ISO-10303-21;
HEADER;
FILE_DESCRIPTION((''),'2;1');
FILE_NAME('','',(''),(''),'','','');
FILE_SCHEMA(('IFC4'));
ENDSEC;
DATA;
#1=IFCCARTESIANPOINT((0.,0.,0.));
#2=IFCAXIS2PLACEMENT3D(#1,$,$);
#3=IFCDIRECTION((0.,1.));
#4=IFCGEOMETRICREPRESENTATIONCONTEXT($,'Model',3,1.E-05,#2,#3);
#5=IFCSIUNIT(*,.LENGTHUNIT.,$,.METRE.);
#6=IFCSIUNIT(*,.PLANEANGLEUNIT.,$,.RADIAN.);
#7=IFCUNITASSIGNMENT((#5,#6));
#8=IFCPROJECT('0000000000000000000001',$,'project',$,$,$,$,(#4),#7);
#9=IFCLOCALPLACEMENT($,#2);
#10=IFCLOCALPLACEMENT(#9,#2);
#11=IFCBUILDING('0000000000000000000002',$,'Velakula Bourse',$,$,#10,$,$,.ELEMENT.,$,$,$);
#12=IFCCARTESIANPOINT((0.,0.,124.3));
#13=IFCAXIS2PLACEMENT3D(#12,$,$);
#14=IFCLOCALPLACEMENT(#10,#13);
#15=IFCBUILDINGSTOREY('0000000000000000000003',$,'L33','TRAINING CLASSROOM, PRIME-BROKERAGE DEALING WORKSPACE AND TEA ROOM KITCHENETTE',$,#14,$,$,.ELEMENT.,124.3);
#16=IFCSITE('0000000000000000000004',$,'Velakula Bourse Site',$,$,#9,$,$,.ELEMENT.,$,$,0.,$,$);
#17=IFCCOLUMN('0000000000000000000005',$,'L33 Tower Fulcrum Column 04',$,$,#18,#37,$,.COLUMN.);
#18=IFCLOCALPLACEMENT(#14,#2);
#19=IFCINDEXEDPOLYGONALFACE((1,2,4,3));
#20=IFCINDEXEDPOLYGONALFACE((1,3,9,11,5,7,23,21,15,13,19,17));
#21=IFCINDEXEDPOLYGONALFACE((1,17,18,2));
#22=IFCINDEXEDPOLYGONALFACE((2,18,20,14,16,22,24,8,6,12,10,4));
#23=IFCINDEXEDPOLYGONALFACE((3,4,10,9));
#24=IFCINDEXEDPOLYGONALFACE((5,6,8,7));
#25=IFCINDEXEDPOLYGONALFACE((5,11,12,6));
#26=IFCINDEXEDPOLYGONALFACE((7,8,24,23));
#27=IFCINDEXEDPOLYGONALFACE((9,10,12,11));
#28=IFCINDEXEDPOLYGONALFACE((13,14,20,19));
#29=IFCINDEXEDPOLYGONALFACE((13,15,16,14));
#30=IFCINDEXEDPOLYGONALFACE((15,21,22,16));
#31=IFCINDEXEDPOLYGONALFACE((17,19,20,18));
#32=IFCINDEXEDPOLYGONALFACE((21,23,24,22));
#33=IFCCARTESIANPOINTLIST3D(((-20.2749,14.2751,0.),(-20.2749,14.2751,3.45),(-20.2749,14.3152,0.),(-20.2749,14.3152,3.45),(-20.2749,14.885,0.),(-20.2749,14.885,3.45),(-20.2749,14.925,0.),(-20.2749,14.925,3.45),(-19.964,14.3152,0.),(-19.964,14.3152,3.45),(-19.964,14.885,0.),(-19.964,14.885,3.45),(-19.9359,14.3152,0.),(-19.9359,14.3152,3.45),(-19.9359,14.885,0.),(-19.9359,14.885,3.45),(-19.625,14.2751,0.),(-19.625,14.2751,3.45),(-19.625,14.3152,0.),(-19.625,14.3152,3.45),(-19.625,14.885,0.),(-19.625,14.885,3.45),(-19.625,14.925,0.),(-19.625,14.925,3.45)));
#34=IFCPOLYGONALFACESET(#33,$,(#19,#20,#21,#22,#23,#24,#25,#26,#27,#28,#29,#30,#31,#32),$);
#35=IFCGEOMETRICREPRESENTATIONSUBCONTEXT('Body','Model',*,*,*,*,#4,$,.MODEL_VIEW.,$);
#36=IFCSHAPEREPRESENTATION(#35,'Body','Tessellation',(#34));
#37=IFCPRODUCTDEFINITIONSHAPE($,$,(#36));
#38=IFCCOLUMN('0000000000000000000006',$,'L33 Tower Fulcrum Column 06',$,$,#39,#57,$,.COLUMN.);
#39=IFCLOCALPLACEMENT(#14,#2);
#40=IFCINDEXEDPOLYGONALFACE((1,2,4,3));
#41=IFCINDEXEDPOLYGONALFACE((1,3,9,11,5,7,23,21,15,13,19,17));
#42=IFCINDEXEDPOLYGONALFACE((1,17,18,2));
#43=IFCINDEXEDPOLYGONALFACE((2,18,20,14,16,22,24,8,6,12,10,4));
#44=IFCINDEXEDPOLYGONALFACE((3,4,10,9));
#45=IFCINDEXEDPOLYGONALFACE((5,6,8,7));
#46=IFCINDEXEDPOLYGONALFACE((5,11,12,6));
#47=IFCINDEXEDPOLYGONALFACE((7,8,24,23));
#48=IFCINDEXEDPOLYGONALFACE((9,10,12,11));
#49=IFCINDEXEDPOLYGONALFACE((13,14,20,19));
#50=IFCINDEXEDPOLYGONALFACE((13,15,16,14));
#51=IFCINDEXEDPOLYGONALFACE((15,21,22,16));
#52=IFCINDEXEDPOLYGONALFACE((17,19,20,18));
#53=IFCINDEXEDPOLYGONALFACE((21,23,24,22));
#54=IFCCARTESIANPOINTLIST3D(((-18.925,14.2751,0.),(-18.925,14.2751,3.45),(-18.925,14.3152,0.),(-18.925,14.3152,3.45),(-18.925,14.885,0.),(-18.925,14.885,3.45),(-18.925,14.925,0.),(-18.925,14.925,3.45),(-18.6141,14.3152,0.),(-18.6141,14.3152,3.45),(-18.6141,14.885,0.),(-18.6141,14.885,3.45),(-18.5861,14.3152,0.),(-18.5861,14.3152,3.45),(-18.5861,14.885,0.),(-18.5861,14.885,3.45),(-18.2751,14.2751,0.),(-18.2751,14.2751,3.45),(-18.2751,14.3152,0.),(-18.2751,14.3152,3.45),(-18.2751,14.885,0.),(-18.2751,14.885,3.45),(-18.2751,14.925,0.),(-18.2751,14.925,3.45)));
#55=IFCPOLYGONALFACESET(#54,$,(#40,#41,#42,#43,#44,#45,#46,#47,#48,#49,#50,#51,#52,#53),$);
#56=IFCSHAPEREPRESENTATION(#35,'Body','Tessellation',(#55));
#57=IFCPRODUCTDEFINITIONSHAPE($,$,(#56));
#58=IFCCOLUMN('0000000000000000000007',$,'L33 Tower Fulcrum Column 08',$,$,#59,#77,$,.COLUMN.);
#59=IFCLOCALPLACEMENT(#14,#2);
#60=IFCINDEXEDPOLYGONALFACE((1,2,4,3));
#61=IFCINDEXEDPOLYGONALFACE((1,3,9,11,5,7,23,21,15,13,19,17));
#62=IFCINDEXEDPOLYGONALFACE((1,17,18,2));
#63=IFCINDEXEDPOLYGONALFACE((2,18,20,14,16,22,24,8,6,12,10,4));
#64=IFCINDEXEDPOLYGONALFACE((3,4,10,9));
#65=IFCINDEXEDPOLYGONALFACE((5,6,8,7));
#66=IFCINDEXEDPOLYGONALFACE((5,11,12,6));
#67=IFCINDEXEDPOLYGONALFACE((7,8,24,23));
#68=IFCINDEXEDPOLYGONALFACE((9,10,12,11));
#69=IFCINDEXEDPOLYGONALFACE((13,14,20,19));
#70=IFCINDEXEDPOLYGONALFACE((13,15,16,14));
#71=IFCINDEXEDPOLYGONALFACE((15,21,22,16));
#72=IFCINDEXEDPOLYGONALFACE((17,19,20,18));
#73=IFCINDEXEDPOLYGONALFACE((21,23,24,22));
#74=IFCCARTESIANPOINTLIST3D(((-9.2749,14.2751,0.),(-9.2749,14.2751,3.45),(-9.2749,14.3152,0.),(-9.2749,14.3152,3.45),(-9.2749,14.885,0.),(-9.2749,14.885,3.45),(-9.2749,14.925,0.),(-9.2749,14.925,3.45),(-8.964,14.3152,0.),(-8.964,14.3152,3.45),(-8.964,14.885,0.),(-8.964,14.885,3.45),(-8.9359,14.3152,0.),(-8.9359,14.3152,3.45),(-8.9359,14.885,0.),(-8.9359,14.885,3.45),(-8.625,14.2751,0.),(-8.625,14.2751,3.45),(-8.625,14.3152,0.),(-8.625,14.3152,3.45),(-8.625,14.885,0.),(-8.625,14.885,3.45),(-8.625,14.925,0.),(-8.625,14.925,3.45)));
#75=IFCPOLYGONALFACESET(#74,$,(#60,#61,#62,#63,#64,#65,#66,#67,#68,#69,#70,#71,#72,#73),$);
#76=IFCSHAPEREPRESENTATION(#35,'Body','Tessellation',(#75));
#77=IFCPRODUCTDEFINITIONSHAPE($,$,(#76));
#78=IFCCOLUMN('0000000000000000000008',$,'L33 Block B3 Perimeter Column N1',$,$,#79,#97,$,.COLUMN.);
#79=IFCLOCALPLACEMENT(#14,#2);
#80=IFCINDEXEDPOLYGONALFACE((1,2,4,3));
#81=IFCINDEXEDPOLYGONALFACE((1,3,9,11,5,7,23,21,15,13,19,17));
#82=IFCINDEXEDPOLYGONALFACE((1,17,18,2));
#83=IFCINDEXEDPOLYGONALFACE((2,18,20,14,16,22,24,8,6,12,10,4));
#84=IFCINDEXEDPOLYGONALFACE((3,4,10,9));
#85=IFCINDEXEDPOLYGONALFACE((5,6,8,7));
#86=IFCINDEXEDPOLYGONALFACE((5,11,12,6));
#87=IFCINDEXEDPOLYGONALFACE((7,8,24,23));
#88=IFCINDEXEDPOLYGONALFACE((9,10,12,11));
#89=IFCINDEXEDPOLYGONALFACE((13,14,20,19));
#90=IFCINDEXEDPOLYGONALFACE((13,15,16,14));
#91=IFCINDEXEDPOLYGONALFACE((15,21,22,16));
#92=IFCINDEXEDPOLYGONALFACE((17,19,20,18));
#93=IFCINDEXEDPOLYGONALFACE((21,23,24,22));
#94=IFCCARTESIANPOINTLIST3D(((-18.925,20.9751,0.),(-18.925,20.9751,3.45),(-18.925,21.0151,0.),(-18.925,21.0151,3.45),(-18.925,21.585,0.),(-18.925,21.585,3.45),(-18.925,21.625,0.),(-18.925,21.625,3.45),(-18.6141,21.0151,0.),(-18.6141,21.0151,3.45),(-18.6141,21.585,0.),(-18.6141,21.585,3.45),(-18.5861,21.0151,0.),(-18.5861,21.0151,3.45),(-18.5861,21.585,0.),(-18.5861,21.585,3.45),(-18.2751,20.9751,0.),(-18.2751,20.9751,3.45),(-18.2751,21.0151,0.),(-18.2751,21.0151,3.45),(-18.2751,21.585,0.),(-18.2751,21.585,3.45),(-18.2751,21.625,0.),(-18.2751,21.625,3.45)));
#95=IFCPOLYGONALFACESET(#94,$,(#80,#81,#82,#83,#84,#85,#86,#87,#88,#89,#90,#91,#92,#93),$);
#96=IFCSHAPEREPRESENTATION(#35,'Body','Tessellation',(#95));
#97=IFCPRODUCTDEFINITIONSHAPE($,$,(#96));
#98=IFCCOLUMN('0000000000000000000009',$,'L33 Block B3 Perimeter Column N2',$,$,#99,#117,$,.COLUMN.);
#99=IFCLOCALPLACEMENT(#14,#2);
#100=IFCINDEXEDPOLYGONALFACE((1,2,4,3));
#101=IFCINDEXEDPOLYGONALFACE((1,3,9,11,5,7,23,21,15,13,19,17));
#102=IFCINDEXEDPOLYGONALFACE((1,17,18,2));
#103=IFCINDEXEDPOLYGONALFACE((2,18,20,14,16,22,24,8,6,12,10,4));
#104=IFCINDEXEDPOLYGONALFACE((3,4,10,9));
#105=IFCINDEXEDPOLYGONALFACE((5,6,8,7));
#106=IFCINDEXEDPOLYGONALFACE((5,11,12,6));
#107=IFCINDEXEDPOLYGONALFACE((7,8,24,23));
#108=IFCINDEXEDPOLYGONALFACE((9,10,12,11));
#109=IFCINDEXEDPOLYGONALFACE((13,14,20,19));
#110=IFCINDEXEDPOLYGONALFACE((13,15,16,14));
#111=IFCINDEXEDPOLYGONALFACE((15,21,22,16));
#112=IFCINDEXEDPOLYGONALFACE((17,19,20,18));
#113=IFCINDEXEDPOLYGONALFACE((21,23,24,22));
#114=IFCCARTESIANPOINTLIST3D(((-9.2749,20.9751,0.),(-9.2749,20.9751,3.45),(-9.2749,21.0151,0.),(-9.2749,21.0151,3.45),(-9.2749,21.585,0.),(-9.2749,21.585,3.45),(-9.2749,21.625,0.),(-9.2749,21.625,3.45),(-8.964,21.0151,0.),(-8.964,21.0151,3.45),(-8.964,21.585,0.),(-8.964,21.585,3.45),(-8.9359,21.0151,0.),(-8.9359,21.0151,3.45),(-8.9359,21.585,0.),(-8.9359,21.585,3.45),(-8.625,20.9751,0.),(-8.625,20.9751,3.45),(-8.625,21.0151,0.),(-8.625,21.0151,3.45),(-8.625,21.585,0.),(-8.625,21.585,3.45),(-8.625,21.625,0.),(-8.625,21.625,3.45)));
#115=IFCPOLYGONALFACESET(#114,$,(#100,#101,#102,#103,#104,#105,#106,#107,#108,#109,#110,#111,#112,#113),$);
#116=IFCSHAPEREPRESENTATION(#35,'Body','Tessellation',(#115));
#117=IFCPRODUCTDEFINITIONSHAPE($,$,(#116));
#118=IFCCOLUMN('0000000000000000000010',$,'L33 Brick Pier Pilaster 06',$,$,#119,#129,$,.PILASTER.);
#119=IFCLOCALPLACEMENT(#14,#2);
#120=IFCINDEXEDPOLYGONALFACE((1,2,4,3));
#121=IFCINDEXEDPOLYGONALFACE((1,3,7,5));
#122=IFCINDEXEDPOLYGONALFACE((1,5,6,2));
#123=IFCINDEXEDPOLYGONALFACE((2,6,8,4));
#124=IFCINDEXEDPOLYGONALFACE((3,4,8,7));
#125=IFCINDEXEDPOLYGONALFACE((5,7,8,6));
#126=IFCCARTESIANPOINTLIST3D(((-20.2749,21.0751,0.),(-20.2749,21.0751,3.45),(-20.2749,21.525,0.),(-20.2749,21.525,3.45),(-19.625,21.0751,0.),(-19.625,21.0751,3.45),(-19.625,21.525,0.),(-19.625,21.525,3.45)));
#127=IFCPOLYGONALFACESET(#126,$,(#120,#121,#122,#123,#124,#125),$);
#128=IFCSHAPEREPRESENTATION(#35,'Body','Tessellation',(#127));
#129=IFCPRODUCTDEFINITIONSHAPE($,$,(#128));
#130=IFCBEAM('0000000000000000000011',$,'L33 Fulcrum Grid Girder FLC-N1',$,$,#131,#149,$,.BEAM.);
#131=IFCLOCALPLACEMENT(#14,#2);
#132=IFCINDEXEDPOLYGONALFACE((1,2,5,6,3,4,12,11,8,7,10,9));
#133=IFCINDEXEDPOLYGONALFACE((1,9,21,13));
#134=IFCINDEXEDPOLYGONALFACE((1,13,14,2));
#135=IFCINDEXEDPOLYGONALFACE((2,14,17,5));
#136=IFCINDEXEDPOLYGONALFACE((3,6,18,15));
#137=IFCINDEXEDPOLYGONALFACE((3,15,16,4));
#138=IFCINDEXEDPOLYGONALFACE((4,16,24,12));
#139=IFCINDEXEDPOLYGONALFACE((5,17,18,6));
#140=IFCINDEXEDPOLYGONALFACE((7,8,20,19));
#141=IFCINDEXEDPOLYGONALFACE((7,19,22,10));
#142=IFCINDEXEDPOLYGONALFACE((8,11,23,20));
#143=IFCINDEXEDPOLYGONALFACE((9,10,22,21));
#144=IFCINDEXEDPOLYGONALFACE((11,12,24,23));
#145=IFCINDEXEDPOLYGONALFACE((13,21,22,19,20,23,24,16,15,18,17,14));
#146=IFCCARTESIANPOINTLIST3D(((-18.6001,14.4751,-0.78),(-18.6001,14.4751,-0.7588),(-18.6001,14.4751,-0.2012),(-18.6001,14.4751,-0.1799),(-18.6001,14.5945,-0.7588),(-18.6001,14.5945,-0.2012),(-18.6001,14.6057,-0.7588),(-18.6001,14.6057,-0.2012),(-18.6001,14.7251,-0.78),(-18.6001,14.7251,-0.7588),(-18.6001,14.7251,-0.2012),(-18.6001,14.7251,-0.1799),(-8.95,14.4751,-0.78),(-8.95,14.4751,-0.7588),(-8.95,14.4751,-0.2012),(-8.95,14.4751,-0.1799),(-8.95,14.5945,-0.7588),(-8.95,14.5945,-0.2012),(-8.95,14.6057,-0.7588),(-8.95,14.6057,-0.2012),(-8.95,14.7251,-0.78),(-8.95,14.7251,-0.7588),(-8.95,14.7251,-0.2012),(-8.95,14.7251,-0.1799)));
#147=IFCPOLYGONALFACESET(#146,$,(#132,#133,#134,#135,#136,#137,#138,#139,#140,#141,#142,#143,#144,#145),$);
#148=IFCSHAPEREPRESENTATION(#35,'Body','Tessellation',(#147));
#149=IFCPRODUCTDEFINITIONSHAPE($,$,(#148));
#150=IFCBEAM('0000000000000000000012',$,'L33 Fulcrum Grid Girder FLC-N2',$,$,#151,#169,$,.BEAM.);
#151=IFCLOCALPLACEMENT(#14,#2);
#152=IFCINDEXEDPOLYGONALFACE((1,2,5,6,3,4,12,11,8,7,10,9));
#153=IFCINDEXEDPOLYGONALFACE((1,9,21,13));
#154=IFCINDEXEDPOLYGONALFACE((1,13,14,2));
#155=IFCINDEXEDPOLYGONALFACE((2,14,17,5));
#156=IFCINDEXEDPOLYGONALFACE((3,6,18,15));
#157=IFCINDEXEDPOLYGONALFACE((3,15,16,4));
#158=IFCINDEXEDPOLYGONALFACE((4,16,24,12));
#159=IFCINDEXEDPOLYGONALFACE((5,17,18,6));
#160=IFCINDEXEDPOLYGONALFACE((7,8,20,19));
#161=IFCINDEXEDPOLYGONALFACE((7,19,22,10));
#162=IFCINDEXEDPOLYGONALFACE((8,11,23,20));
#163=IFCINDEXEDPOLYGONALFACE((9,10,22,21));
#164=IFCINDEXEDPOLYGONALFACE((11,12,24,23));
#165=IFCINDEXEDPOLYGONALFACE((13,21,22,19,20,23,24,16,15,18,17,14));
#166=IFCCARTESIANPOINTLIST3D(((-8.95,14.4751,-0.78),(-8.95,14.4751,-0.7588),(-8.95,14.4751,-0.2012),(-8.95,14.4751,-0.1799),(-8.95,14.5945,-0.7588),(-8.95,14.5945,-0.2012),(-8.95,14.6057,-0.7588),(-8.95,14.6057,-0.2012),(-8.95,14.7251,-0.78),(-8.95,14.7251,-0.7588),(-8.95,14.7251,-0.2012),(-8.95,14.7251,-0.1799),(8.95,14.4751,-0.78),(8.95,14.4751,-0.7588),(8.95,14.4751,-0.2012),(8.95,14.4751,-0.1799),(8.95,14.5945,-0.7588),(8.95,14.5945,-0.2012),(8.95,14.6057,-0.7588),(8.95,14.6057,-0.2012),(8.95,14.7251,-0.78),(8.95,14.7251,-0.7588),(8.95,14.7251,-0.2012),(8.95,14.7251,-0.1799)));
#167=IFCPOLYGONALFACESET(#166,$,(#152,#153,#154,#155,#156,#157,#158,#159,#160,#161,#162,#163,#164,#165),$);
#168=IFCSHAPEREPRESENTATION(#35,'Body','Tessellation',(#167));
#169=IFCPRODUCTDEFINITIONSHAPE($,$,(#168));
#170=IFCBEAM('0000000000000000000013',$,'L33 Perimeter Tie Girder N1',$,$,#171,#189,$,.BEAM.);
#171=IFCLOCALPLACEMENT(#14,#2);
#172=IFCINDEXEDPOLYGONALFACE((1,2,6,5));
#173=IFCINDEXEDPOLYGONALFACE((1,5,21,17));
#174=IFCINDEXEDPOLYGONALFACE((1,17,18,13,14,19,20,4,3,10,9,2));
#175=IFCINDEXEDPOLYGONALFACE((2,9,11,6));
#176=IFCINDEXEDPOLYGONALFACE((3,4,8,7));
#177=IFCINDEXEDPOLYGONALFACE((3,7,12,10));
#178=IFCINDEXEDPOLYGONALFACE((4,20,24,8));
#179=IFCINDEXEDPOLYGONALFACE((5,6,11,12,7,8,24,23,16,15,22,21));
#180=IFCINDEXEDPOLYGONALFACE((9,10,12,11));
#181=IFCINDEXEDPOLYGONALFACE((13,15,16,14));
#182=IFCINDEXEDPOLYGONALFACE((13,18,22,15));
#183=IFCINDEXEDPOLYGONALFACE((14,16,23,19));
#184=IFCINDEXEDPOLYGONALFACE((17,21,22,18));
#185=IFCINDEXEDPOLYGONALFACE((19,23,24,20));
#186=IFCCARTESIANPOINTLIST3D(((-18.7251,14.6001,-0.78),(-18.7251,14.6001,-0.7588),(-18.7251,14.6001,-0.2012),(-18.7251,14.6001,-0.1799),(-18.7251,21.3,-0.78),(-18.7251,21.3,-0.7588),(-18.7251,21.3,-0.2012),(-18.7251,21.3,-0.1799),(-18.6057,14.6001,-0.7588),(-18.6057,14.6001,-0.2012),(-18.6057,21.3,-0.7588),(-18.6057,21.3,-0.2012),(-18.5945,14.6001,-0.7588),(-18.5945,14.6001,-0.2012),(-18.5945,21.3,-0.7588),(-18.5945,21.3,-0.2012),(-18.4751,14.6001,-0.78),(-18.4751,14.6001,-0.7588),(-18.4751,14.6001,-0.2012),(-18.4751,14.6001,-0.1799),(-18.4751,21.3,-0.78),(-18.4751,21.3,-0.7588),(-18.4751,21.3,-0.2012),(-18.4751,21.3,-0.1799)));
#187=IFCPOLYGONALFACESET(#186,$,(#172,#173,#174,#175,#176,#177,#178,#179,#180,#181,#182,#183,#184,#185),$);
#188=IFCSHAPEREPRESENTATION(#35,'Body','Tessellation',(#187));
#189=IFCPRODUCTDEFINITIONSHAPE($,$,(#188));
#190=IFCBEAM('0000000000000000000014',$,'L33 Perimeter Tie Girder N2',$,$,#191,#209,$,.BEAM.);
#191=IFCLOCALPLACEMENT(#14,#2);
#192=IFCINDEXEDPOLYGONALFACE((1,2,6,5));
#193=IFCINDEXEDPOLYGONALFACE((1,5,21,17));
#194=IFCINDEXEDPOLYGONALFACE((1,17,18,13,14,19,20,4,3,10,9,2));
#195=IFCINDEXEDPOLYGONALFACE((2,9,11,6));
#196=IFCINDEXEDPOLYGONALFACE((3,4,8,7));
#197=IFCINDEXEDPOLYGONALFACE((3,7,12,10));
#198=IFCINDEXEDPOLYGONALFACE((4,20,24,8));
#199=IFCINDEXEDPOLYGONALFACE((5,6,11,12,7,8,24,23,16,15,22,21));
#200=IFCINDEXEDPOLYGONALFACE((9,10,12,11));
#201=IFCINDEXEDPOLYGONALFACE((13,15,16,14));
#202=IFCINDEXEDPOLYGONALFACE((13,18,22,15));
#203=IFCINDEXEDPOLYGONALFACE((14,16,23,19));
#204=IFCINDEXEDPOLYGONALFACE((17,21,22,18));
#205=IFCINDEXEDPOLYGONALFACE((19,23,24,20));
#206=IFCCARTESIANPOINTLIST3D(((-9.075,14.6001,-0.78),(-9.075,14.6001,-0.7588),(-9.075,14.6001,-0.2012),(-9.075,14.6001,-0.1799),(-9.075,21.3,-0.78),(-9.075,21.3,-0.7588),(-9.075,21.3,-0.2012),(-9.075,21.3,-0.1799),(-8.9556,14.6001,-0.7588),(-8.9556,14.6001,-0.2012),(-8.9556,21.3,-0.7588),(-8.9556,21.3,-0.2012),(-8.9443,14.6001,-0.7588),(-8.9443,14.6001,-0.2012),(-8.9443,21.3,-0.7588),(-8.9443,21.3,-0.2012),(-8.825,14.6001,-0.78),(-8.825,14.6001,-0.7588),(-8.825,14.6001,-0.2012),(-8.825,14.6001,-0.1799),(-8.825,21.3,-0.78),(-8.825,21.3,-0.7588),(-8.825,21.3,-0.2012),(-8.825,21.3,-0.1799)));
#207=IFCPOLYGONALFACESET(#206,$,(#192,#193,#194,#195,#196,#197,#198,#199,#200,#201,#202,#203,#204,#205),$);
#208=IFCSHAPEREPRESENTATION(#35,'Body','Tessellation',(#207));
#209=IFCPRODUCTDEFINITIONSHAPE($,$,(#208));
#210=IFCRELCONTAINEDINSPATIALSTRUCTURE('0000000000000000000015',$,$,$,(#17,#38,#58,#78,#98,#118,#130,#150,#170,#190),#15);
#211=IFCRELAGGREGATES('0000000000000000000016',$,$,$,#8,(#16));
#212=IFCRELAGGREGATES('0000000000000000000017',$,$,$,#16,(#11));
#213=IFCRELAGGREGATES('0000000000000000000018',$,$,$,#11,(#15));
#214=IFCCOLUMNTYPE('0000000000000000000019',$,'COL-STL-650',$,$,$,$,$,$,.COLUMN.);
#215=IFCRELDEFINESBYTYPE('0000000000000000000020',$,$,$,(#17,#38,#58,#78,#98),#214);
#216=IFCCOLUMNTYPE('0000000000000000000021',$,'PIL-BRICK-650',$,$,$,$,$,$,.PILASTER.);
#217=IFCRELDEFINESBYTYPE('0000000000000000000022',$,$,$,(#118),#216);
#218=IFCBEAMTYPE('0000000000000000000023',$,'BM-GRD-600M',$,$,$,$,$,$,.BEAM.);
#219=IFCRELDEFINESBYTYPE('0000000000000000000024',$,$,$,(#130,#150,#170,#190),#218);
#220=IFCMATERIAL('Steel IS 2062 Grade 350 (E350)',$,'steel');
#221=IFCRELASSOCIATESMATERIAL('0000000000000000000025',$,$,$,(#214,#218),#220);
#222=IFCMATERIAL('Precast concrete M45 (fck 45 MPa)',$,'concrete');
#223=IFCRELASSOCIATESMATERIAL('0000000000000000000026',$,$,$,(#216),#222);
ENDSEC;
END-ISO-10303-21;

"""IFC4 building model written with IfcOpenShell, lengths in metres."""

from ifc_helpers import new_model, si_unit, direction, frame, origin, origin_2d, place, context, subcontext, project, spatial, rectangle, i_section, extrude, material, material_profile, profile_set, type_object, element, save


model = new_model("IFC4")

# Units and contexts
model_context = context("Model", 3, precision=1e-05, world=origin(), true_north=direction((0.0, 1.0)))
body_context = subcontext(model_context, "Body", "Model", "MODEL_VIEW")
ifc_project = project(units=[si_unit("LENGTHUNIT", "METRE"), si_unit("PLANEANGLEUNIT", "RADIAN")], contexts=[model_context])

# Site, building, storey
site_placement = place(None, origin())
site = spatial("IfcSite", under=ifc_project, at=site_placement, Name="Velakula Bourse Site", CompositionType="ELEMENT", RefElevation=0.0)
building_placement = place(site_placement, origin())
building = spatial("IfcBuilding", under=site, at=building_placement, Name="Velakula Bourse", CompositionType="ELEMENT")
storey_placement = place(building_placement, frame((0.0, 0.0, 124.3)))
storey = spatial("IfcBuildingStorey", under=building, at=storey_placement, Name="L33", Description="TRAINING CLASSROOM, PRIME-BROKERAGE DEALING WORKSPACE AND TEA ROOM KITCHENETTE", CompositionType="ELEMENT", Elevation=124.3)

# Columns
ifc_material_1 = material(Name="Steel IS 2062 Grade 350 (E350)", Category="steel")
ifc_material_profile_1 = material_profile(ifc_material_1, i_section(OverallWidth=0.6499, OverallDepth=0.6499, WebThickness=0.0281, FlangeThickness=0.04, at=origin_2d()), Name="Steel IS 2062 Grade 350 (E350)")
ifc_profile_set_1 = profile_set([ifc_material_profile_1], Name="Steel IS 2062 Grade 350 (E350)")
column_type_1 = type_object("IfcColumnType", Name="COL-STL-650", PredefinedType="COLUMN", material=ifc_profile_set_1)
for number, where, z_axis, x_axis, name in (
    (1, (-19.95, 14.6001, 0.0), (0.0, 0.0, 1.0), (1.0, 0.0, 0.0), "L33 Tower Fulcrum Column 04"),
    (2, (-18.6001, 14.6001, 0.0), (0.0, 0.0, 1.0), (1.0, 0.0, 0.0), "L33 Tower Fulcrum Column 06"),
    (3, (-8.95, 14.6001, 0.0), (0.0, 0.0, 1.0), (1.0, 0.0, 0.0), "L33 Tower Fulcrum Column 08"),
    (4, (-18.6001, 21.3, 0.0), (0.0, 0.0, 1.0), (1.0, 0.0, 0.0), "L33 Block B3 Perimeter Column N1"),
    (5, (-8.95, 21.3, 0.0), (0.0, 0.0, 1.0), (1.0, 0.0, 0.0), "L33 Block B3 Perimeter Column N2"),
):
    element("IfcColumn", number, at=place(storey_placement, frame(where, z_axis=z_axis, x_axis=x_axis)), inside=storey, type_object=column_type_1, Name=name, PredefinedType="COLUMN", context=body_context, shape_type="SweptSolid", body=[
        extrude(i_section(OverallWidth=0.6499, OverallDepth=0.6499, WebThickness=0.0281, FlangeThickness=0.04, at=origin_2d()), origin(), (0.0, 0.0, 1.0), 3.45),
    ])
ifc_material_2 = material(Name="Precast concrete M45 (fck 45 MPa)", Category="concrete")
ifc_material_profile_2 = material_profile(ifc_material_2, rectangle(XDim=0.6499, YDim=0.45, at=origin_2d()), Name="Precast concrete M45 (fck 45 MPa)")
ifc_profile_set_2 = profile_set([ifc_material_profile_2], Name="Precast concrete M45 (fck 45 MPa)")
column_type_2 = type_object("IfcColumnType", Name="PIL-BRICK-650", PredefinedType="PILASTER", material=ifc_profile_set_2)
column_placement = place(storey_placement, frame((-19.95, 21.3, 0.0), z_axis=(0.0, 0.0, 1.0), x_axis=(1.0, 0.0, 0.0)))
element("IfcColumn", 6, at=column_placement, inside=storey, type_object=column_type_2, Name="L33 Brick Pier Pilaster 06", PredefinedType="PILASTER", context=body_context, shape_type="SweptSolid", body=[
    extrude(rectangle(XDim=0.6499, YDim=0.45, at=origin_2d()), origin(), (0.0, 0.0, 1.0), 3.45),
])

# Beams
ifc_material_profile_3 = material_profile(ifc_material_1, i_section(OverallWidth=0.25, OverallDepth=0.6001, WebThickness=0.0112, FlangeThickness=0.0212, at=origin_2d()), Name="Steel IS 2062 Grade 350 (E350)")
ifc_profile_set_3 = profile_set([ifc_material_profile_3], Name="Steel IS 2062 Grade 350 (E350)")
beam_type_1 = type_object("IfcBeamType", Name="BM-GRD-600M", PredefinedType="BEAM", material=ifc_profile_set_3)
beam_1_placement = place(storey_placement, frame((-18.6001, 14.6001, -0.48), z_axis=(1.0, 0.0, 0.0), x_axis=(0.0, 1.0, 0.0)))
element("IfcBeam", 7, at=beam_1_placement, inside=storey, type_object=beam_type_1, Name="L33 Fulcrum Grid Girder FLC-N1", PredefinedType="BEAM", context=body_context, shape_type="SweptSolid", body=[
    extrude(i_section(OverallWidth=0.25, OverallDepth=0.6001, WebThickness=0.0112, FlangeThickness=0.0212, at=origin_2d()), origin(), (0.0, 0.0, 1.0), 9.6501),
])
beam_2_placement = place(storey_placement, frame((-8.95, 14.6001, -0.48), z_axis=(1.0, 0.0, 0.0), x_axis=(0.0, 1.0, 0.0)))
element("IfcBeam", 8, at=beam_2_placement, inside=storey, type_object=beam_type_1, Name="L33 Fulcrum Grid Girder FLC-N2", PredefinedType="BEAM", context=body_context, shape_type="SweptSolid", body=[
    extrude(i_section(OverallWidth=0.25, OverallDepth=0.6001, WebThickness=0.0112, FlangeThickness=0.0212, at=origin_2d()), origin(), (0.0, 0.0, 1.0), 17.8999),
])
for number, where, z_axis, x_axis, name in (
    (9, (-18.6001, 14.6001, -0.48), (0.0, 1.0, 0.0), (-1.0, 0.0, 0.0), "L33 Perimeter Tie Girder N1"),
    (10, (-8.95, 14.6001, -0.48), (0.0, 1.0, 0.0), (-1.0, 0.0, 0.0), "L33 Perimeter Tie Girder N2"),
):
    element("IfcBeam", number, at=place(storey_placement, frame(where, z_axis=z_axis, x_axis=x_axis)), inside=storey, type_object=beam_type_1, Name=name, PredefinedType="BEAM", context=body_context, shape_type="SweptSolid", body=[
        extrude(i_section(OverallWidth=0.25, OverallDepth=0.6001, WebThickness=0.0112, FlangeThickness=0.0212, at=origin_2d()), origin(), (0.0, 0.0, 1.0), 6.7),
    ])

save(model, "model.ifc")
